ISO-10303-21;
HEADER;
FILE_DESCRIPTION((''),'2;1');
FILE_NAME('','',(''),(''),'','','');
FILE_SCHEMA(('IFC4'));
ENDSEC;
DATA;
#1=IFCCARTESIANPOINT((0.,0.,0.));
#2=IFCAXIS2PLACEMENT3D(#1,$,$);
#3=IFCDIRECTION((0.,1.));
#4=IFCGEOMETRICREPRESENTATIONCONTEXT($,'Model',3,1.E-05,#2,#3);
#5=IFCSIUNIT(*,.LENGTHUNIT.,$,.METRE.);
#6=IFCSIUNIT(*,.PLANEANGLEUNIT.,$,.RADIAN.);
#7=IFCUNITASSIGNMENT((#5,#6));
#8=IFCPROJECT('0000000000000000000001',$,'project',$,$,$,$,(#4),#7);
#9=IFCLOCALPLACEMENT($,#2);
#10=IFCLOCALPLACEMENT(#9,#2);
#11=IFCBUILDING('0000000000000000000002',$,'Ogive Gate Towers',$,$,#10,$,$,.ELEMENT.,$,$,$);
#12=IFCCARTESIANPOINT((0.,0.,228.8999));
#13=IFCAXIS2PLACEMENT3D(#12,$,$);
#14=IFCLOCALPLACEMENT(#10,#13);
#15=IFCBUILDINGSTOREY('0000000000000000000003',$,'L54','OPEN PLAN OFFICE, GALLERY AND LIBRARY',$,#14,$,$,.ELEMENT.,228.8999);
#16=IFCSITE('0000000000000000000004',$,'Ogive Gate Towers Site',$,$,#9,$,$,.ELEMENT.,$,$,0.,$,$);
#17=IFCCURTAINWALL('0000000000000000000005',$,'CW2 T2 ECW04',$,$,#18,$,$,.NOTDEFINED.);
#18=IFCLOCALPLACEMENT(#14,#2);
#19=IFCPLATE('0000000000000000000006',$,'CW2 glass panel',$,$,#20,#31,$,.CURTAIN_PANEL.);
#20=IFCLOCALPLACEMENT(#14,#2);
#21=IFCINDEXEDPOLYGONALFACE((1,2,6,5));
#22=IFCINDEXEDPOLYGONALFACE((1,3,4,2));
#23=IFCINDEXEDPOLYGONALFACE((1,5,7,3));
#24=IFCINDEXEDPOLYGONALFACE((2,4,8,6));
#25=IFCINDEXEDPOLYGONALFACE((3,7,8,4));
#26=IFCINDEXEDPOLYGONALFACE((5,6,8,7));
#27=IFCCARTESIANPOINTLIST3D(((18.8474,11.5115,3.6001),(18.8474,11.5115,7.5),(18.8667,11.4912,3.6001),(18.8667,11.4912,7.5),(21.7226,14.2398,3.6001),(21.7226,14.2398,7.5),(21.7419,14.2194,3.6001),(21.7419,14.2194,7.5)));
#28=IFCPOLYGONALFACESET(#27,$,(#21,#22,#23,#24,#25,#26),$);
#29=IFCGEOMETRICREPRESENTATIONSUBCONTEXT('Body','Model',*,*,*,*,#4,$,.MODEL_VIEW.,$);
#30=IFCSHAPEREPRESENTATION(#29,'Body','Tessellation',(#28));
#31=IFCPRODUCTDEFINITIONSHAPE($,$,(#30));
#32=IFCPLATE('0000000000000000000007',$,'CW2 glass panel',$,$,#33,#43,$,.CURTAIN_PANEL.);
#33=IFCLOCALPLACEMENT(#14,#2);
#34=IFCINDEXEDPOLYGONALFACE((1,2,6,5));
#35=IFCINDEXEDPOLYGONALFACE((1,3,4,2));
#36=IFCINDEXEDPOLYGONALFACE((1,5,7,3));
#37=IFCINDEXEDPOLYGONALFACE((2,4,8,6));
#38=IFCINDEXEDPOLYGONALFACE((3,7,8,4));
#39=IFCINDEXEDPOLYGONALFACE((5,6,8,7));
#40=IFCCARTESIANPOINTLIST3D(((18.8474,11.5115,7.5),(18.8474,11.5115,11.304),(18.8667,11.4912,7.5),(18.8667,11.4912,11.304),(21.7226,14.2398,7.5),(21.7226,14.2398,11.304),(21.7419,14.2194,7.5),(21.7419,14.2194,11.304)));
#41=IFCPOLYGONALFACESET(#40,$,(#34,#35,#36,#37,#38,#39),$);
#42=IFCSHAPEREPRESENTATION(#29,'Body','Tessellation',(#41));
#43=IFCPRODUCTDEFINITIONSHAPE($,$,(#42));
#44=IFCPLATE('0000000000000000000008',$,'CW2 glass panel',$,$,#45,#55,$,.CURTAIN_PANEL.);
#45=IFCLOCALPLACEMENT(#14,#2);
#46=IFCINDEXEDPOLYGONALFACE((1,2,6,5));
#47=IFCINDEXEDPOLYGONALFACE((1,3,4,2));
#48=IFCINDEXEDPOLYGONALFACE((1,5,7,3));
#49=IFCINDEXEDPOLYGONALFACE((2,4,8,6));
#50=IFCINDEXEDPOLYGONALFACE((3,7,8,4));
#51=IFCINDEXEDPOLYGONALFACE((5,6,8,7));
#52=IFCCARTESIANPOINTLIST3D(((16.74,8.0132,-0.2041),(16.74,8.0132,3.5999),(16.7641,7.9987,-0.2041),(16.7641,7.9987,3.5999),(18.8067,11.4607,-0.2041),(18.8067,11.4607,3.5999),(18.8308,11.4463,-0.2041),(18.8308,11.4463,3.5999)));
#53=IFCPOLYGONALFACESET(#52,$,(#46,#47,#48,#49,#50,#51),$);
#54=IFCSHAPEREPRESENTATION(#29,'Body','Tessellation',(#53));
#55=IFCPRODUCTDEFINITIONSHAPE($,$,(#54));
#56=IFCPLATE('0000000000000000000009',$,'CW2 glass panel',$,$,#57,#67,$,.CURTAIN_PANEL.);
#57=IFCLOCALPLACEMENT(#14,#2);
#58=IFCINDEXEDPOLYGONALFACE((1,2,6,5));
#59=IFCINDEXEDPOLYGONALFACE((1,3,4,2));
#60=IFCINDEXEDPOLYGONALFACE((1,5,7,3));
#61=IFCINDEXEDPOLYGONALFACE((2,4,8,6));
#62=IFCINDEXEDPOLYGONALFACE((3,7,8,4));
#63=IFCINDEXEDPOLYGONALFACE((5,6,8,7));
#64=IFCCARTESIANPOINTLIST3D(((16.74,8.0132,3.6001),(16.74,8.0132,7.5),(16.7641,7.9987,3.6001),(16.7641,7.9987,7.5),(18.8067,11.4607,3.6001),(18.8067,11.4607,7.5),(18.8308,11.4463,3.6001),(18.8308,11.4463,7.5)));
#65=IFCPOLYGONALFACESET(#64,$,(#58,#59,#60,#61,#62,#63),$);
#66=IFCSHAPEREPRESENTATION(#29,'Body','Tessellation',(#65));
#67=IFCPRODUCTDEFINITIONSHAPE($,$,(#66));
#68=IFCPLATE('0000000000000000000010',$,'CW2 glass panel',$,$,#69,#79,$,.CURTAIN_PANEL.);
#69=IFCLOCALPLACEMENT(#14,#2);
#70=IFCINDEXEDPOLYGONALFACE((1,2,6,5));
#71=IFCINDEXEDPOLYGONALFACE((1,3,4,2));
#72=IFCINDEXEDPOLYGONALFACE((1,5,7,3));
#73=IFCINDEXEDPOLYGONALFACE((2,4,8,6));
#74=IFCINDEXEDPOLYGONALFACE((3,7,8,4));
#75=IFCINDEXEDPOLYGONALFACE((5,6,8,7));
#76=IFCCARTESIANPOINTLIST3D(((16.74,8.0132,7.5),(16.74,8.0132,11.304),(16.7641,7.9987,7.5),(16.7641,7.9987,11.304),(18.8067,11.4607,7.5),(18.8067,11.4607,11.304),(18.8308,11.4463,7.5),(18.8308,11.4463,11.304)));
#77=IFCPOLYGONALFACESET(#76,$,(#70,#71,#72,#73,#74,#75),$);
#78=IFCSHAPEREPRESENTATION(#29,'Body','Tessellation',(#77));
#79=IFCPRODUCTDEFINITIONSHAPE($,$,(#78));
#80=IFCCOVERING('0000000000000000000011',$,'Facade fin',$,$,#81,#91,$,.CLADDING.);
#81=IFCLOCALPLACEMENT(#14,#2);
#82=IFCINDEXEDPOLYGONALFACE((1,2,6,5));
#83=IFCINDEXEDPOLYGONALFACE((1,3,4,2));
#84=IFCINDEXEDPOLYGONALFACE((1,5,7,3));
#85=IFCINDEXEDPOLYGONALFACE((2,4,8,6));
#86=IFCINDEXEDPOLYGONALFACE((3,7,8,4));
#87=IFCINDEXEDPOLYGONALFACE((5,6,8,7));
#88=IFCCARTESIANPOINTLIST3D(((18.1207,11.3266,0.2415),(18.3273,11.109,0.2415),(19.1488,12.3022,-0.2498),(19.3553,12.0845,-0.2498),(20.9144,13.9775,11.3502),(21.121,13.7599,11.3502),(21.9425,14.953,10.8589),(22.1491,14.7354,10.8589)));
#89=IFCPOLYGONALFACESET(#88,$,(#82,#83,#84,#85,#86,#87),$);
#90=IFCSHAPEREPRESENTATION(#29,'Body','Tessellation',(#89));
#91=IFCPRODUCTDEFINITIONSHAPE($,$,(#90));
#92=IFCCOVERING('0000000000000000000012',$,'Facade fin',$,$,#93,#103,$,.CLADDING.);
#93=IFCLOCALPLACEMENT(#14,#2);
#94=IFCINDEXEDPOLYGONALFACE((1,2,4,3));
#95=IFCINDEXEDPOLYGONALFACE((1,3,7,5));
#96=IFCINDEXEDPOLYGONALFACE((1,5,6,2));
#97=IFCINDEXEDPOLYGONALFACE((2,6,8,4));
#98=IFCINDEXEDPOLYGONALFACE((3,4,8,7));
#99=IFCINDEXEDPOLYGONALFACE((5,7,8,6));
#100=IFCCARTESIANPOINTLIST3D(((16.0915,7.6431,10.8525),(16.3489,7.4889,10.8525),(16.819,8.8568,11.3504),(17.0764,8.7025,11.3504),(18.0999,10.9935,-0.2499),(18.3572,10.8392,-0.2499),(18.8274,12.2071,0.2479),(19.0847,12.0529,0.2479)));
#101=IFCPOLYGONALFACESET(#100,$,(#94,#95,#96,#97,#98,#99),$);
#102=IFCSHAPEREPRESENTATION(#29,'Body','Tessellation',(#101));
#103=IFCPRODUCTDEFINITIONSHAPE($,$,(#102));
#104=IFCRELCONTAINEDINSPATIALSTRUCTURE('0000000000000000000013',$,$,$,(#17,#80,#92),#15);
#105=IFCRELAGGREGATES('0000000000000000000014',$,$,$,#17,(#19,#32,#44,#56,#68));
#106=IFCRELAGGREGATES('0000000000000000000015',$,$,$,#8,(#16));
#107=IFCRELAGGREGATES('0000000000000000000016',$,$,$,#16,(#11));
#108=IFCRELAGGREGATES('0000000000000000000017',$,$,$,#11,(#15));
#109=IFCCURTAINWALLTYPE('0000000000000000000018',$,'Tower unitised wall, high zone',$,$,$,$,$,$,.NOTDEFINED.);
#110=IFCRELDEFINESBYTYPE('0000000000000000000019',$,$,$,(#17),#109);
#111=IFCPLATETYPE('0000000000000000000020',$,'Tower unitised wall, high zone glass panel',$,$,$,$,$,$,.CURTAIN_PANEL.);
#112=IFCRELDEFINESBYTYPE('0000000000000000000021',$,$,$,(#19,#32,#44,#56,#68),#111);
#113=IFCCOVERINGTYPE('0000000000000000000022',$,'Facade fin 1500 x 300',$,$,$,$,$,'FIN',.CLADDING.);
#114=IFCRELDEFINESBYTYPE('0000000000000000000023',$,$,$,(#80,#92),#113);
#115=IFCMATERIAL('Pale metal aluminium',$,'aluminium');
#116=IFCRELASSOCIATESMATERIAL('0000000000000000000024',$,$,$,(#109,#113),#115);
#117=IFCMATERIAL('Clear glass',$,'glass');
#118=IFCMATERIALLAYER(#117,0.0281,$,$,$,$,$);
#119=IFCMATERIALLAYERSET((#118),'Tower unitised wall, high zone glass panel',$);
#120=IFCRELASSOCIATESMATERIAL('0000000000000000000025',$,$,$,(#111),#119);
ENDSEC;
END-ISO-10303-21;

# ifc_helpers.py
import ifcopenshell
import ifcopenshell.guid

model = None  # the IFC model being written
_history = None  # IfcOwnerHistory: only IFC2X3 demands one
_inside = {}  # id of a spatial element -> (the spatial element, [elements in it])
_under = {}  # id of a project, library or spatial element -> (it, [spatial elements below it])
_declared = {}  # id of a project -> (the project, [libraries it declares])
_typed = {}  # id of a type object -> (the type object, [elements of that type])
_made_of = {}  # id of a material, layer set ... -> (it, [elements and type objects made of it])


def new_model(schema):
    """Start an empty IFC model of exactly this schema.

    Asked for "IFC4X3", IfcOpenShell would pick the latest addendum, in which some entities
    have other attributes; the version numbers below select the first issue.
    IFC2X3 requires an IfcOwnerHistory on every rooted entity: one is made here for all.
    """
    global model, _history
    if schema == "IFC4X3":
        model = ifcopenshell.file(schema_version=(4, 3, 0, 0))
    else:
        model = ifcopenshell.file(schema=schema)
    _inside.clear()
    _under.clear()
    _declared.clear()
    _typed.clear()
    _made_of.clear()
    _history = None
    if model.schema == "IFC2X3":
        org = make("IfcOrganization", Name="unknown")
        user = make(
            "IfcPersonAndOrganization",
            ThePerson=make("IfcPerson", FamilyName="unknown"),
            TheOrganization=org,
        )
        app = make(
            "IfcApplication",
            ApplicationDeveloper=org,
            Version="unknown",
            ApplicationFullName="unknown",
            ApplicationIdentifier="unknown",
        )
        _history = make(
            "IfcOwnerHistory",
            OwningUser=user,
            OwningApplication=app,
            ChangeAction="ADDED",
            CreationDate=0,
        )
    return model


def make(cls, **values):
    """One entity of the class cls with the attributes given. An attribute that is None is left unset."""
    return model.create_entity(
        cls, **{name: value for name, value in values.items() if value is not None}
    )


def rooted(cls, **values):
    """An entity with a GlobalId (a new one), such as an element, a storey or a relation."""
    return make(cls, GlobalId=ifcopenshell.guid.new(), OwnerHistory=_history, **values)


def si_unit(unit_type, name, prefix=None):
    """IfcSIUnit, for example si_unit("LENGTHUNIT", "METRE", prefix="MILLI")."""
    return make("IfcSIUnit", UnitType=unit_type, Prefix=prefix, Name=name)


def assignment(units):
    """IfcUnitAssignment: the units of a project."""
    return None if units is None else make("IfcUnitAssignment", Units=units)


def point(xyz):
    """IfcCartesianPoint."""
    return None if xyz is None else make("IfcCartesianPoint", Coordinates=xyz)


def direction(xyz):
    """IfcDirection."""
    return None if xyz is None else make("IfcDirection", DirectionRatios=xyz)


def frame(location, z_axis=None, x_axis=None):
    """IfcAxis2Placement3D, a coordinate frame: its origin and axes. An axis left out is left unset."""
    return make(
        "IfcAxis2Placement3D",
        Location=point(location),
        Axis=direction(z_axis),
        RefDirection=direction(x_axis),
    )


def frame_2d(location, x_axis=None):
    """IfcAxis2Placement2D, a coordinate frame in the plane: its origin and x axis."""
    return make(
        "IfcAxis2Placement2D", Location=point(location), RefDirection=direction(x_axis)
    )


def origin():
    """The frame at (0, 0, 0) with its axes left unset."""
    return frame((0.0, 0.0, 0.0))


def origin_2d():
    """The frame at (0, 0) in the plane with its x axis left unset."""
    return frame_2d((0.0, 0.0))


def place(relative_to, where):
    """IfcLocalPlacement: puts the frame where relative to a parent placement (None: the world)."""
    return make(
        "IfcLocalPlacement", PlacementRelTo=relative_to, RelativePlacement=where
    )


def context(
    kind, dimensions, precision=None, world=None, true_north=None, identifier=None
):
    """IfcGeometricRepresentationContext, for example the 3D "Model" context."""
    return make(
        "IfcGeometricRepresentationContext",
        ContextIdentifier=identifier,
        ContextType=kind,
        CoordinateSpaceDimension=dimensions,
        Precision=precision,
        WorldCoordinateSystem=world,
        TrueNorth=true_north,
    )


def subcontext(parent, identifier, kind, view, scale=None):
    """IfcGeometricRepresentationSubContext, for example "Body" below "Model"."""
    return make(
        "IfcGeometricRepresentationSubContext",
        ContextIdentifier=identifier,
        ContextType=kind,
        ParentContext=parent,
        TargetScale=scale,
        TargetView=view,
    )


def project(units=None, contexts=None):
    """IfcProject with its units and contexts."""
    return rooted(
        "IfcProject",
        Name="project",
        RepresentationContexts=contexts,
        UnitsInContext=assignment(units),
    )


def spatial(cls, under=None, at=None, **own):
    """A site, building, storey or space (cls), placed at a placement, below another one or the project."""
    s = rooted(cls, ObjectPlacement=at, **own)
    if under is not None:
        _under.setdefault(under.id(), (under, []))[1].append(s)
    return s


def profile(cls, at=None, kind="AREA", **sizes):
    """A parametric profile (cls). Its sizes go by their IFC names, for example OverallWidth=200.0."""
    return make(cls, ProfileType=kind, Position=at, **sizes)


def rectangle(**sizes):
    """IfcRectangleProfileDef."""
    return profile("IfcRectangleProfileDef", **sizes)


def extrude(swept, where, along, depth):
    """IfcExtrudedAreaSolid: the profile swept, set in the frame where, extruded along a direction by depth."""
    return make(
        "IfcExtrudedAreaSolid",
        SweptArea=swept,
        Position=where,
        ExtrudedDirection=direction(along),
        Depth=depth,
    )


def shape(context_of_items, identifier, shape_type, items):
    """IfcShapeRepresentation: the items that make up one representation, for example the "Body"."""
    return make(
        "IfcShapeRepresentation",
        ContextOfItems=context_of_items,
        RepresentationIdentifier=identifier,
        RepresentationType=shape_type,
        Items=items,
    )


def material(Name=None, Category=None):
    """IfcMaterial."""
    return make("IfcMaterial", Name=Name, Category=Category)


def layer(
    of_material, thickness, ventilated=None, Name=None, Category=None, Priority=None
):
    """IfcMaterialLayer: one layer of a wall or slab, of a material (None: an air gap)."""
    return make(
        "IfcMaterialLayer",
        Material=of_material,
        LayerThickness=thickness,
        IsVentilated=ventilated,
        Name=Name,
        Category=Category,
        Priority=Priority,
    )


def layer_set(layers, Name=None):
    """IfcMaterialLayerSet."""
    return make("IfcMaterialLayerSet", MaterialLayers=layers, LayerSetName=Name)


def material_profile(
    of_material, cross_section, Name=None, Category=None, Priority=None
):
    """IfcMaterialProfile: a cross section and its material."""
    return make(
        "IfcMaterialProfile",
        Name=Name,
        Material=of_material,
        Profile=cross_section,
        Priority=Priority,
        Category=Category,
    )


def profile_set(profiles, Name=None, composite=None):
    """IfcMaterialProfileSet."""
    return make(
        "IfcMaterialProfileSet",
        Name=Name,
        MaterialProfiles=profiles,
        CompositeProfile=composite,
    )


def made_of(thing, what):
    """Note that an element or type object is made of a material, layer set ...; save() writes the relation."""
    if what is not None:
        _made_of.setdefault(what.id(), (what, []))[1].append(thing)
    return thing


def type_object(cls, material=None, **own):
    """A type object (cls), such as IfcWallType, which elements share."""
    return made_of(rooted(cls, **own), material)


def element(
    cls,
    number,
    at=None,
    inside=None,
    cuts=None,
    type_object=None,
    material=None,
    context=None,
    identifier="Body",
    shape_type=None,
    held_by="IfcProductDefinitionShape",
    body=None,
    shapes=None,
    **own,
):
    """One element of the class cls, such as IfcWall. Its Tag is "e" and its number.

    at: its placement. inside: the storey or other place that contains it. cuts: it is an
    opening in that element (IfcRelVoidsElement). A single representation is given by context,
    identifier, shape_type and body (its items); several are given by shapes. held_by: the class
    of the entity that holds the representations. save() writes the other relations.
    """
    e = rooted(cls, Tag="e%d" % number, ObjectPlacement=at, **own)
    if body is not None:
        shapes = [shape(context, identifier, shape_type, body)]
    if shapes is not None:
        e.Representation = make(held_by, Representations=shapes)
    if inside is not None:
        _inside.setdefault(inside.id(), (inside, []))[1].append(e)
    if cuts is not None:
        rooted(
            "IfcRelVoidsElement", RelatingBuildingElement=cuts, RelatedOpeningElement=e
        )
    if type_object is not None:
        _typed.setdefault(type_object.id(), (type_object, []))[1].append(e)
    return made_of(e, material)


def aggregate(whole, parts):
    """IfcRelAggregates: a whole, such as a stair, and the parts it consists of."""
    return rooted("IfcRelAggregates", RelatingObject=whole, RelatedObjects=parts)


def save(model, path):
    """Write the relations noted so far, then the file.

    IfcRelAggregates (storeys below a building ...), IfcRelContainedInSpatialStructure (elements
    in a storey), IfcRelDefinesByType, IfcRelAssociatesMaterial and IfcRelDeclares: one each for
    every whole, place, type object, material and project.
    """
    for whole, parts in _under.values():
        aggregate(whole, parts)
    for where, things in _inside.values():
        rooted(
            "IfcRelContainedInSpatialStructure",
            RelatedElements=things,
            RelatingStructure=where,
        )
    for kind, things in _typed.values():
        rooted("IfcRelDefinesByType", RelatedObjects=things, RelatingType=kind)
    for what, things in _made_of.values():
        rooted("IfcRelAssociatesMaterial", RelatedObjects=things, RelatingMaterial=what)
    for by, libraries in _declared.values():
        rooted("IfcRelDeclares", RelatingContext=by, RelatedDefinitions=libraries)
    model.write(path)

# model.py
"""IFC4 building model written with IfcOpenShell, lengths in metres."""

from ifc_helpers import new_model, si_unit, direction, frame, origin, origin_2d, place, context, subcontext, project, spatial, rectangle, extrude, material, layer, layer_set, material_profile, profile_set, type_object, element, aggregate, save


model = new_model("IFC4")

# Units and contexts
model_context = context("Model", 3, precision=1e-05, world=origin(), true_north=direction((0.0, 1.0)))
body_context = subcontext(model_context, "Body", "Model", "MODEL_VIEW")
ifc_project = project(units=[si_unit("LENGTHUNIT", "METRE"), si_unit("PLANEANGLEUNIT", "RADIAN")], contexts=[model_context])

# Site, building, storey
site_placement = place(None, origin())
site = spatial("IfcSite", under=ifc_project, at=site_placement, Name="Ogive Gate Towers Site", CompositionType="ELEMENT", RefElevation=0.0)
building_placement = place(site_placement, origin())
building = spatial("IfcBuilding", under=site, at=building_placement, Name="Ogive Gate Towers", CompositionType="ELEMENT")
storey_placement = place(building_placement, frame((0.0, 0.0, 228.8999)))
storey = spatial("IfcBuildingStorey", under=building, at=storey_placement, Name="L54", Description="OPEN PLAN OFFICE, GALLERY AND LIBRARY", CompositionType="ELEMENT", Elevation=228.8999)

# Shared definitions
ifc_material_1 = material(Name="Pale metal aluminium", Category="aluminium")
curtain_wall_type = type_object("IfcCurtainWallType", Name="Tower unitised wall, high zone", PredefinedType="NOTDEFINED", material=ifc_material_1)

# Curtain wall
curtain_wall_1_placement = place(storey_placement, origin())
curtain_wall_1 = element("IfcCurtainWall", 1, at=curtain_wall_1_placement, inside=storey, type_object=curtain_wall_type, Name="CW2 T2 ECW04", PredefinedType="NOTDEFINED")

# Plates
ifc_material_2 = material(Name="Clear glass", Category="glass")
ifc_layer = layer(ifc_material_2, 0.0281)
ifc_layer_set = layer_set([ifc_layer], Name="Tower unitised wall, high zone glass panel")
plate_type = type_object("IfcPlateType", Name="Tower unitised wall, high zone glass panel", PredefinedType="CURTAIN_PANEL", material=ifc_layer_set)
plate_1_placement = place(storey_placement, frame((20.2947, 12.8655, 3.6001), z_axis=(0.0, 0.0, 1.0), x_axis=(-0.725398, -0.688329, 0.0)))
plate_1 = element("IfcPlate", 2, at=plate_1_placement, type_object=plate_type, Name="CW2 glass panel", PredefinedType="CURTAIN_PANEL", context=body_context, shape_type="SweptSolid", body=[
    extrude(rectangle(XDim=3.9636, YDim=0.0281, at=origin_2d()), origin(), (0.0, 0.0, 1.0), 3.8999),
])
plate_2_placement = place(storey_placement, frame((20.2947, 12.8655, 7.5), z_axis=(0.0, 0.0, 1.0), x_axis=(-0.725398, -0.688329, 0.0)))
plate_2 = element("IfcPlate", 3, at=plate_2_placement, type_object=plate_type, Name="CW2 glass panel", PredefinedType="CURTAIN_PANEL", context=body_context, shape_type="SweptSolid", body=[
    extrude(rectangle(XDim=3.9636, YDim=0.0281, at=origin_2d()), origin(), (0.0, 0.0, 1.0), 3.804),
])
plate_3_placement = place(storey_placement, frame((17.7854, 9.7297, -0.2041), z_axis=(0.0, 0.0, 1.0), x_axis=(-0.514155, -0.857697, 0.0)))
plate_3 = element("IfcPlate", 4, at=plate_3_placement, type_object=plate_type, Name="CW2 glass panel", PredefinedType="CURTAIN_PANEL", context=body_context, shape_type="SweptSolid", body=[
    extrude(rectangle(XDim=4.0195, YDim=0.0281, at=origin_2d()), origin(), (0.0, 0.0, 1.0), 3.804),
])
plate_4_placement = place(storey_placement, frame((17.7854, 9.7297, 3.6001), z_axis=(0.0, 0.0, 1.0), x_axis=(-0.514155, -0.857697, 0.0)))
plate_4 = element("IfcPlate", 5, at=plate_4_placement, type_object=plate_type, Name="CW2 glass panel", PredefinedType="CURTAIN_PANEL", context=body_context, shape_type="SweptSolid", body=[
    extrude(rectangle(XDim=4.0195, YDim=0.0281, at=origin_2d()), origin(), (0.0, 0.0, 1.0), 3.8999),
])
plate_5_placement = place(storey_placement, frame((17.7854, 9.7297, 7.5), z_axis=(0.0, 0.0, 1.0), x_axis=(-0.514155, -0.857697, 0.0)))
plate_5 = element("IfcPlate", 6, at=plate_5_placement, type_object=plate_type, Name="CW2 glass panel", PredefinedType="CURTAIN_PANEL", context=body_context, shape_type="SweptSolid", body=[
    extrude(rectangle(XDim=4.0195, YDim=0.0281, at=origin_2d()), origin(), (0.0, 0.0, 1.0), 3.804),
])
aggregate(curtain_wall_1, [plate_1, plate_2, plate_3, plate_4, plate_5])

# Coverings
ifc_material_profile_1 = material_profile(ifc_material_1, rectangle(XDim=0.3, YDim=1.5, at=origin_2d()), Name="1500 x 300 pale metal aluminium")
ifc_profile_set_1 = profile_set([ifc_material_profile_1], Name="Pale metal aluminium")
covering_type = type_object("IfcCoveringType", Name="Facade fin 1500 x 300", ElementType="FIN", PredefinedType="CLADDING", material=ifc_profile_set_1)
covering_1_placement = place(storey_placement, frame((18.738, 11.7056, -0.0042), z_axis=(0.237614, 0.225467, 0.94483), x_axis=(-0.688321, 0.725406, 0.0)))
element("IfcCovering", 7, at=covering_1_placement, inside=storey, type_object=covering_type, Name="Facade fin", PredefinedType="CLADDING", context=body_context, shape_type="SweptSolid", body=[
    extrude(rectangle(XDim=0.3, YDim=1.5, at=origin_2d()), origin(), (0.0, 0.0, 1.0), 11.7573),
])
covering_2_placement = place(storey_placement, frame((18.5923, 11.5232, -0.001), z_axis=(-0.170637, -0.284665, 0.943318), x_axis=(0.857708, -0.514137, 0.0)))
element("IfcCovering", 8, at=covering_2_placement, inside=storey, type_object=covering_type, Name="Facade fin", PredefinedType="CLADDING", context=body_context, shape_type="SweptSolid", body=[
    extrude(rectangle(XDim=0.3, YDim=1.5, at=origin_2d()), origin(), (0.0, 0.0, 1.0), 11.7695),
])

save(model, "model.ifc")
